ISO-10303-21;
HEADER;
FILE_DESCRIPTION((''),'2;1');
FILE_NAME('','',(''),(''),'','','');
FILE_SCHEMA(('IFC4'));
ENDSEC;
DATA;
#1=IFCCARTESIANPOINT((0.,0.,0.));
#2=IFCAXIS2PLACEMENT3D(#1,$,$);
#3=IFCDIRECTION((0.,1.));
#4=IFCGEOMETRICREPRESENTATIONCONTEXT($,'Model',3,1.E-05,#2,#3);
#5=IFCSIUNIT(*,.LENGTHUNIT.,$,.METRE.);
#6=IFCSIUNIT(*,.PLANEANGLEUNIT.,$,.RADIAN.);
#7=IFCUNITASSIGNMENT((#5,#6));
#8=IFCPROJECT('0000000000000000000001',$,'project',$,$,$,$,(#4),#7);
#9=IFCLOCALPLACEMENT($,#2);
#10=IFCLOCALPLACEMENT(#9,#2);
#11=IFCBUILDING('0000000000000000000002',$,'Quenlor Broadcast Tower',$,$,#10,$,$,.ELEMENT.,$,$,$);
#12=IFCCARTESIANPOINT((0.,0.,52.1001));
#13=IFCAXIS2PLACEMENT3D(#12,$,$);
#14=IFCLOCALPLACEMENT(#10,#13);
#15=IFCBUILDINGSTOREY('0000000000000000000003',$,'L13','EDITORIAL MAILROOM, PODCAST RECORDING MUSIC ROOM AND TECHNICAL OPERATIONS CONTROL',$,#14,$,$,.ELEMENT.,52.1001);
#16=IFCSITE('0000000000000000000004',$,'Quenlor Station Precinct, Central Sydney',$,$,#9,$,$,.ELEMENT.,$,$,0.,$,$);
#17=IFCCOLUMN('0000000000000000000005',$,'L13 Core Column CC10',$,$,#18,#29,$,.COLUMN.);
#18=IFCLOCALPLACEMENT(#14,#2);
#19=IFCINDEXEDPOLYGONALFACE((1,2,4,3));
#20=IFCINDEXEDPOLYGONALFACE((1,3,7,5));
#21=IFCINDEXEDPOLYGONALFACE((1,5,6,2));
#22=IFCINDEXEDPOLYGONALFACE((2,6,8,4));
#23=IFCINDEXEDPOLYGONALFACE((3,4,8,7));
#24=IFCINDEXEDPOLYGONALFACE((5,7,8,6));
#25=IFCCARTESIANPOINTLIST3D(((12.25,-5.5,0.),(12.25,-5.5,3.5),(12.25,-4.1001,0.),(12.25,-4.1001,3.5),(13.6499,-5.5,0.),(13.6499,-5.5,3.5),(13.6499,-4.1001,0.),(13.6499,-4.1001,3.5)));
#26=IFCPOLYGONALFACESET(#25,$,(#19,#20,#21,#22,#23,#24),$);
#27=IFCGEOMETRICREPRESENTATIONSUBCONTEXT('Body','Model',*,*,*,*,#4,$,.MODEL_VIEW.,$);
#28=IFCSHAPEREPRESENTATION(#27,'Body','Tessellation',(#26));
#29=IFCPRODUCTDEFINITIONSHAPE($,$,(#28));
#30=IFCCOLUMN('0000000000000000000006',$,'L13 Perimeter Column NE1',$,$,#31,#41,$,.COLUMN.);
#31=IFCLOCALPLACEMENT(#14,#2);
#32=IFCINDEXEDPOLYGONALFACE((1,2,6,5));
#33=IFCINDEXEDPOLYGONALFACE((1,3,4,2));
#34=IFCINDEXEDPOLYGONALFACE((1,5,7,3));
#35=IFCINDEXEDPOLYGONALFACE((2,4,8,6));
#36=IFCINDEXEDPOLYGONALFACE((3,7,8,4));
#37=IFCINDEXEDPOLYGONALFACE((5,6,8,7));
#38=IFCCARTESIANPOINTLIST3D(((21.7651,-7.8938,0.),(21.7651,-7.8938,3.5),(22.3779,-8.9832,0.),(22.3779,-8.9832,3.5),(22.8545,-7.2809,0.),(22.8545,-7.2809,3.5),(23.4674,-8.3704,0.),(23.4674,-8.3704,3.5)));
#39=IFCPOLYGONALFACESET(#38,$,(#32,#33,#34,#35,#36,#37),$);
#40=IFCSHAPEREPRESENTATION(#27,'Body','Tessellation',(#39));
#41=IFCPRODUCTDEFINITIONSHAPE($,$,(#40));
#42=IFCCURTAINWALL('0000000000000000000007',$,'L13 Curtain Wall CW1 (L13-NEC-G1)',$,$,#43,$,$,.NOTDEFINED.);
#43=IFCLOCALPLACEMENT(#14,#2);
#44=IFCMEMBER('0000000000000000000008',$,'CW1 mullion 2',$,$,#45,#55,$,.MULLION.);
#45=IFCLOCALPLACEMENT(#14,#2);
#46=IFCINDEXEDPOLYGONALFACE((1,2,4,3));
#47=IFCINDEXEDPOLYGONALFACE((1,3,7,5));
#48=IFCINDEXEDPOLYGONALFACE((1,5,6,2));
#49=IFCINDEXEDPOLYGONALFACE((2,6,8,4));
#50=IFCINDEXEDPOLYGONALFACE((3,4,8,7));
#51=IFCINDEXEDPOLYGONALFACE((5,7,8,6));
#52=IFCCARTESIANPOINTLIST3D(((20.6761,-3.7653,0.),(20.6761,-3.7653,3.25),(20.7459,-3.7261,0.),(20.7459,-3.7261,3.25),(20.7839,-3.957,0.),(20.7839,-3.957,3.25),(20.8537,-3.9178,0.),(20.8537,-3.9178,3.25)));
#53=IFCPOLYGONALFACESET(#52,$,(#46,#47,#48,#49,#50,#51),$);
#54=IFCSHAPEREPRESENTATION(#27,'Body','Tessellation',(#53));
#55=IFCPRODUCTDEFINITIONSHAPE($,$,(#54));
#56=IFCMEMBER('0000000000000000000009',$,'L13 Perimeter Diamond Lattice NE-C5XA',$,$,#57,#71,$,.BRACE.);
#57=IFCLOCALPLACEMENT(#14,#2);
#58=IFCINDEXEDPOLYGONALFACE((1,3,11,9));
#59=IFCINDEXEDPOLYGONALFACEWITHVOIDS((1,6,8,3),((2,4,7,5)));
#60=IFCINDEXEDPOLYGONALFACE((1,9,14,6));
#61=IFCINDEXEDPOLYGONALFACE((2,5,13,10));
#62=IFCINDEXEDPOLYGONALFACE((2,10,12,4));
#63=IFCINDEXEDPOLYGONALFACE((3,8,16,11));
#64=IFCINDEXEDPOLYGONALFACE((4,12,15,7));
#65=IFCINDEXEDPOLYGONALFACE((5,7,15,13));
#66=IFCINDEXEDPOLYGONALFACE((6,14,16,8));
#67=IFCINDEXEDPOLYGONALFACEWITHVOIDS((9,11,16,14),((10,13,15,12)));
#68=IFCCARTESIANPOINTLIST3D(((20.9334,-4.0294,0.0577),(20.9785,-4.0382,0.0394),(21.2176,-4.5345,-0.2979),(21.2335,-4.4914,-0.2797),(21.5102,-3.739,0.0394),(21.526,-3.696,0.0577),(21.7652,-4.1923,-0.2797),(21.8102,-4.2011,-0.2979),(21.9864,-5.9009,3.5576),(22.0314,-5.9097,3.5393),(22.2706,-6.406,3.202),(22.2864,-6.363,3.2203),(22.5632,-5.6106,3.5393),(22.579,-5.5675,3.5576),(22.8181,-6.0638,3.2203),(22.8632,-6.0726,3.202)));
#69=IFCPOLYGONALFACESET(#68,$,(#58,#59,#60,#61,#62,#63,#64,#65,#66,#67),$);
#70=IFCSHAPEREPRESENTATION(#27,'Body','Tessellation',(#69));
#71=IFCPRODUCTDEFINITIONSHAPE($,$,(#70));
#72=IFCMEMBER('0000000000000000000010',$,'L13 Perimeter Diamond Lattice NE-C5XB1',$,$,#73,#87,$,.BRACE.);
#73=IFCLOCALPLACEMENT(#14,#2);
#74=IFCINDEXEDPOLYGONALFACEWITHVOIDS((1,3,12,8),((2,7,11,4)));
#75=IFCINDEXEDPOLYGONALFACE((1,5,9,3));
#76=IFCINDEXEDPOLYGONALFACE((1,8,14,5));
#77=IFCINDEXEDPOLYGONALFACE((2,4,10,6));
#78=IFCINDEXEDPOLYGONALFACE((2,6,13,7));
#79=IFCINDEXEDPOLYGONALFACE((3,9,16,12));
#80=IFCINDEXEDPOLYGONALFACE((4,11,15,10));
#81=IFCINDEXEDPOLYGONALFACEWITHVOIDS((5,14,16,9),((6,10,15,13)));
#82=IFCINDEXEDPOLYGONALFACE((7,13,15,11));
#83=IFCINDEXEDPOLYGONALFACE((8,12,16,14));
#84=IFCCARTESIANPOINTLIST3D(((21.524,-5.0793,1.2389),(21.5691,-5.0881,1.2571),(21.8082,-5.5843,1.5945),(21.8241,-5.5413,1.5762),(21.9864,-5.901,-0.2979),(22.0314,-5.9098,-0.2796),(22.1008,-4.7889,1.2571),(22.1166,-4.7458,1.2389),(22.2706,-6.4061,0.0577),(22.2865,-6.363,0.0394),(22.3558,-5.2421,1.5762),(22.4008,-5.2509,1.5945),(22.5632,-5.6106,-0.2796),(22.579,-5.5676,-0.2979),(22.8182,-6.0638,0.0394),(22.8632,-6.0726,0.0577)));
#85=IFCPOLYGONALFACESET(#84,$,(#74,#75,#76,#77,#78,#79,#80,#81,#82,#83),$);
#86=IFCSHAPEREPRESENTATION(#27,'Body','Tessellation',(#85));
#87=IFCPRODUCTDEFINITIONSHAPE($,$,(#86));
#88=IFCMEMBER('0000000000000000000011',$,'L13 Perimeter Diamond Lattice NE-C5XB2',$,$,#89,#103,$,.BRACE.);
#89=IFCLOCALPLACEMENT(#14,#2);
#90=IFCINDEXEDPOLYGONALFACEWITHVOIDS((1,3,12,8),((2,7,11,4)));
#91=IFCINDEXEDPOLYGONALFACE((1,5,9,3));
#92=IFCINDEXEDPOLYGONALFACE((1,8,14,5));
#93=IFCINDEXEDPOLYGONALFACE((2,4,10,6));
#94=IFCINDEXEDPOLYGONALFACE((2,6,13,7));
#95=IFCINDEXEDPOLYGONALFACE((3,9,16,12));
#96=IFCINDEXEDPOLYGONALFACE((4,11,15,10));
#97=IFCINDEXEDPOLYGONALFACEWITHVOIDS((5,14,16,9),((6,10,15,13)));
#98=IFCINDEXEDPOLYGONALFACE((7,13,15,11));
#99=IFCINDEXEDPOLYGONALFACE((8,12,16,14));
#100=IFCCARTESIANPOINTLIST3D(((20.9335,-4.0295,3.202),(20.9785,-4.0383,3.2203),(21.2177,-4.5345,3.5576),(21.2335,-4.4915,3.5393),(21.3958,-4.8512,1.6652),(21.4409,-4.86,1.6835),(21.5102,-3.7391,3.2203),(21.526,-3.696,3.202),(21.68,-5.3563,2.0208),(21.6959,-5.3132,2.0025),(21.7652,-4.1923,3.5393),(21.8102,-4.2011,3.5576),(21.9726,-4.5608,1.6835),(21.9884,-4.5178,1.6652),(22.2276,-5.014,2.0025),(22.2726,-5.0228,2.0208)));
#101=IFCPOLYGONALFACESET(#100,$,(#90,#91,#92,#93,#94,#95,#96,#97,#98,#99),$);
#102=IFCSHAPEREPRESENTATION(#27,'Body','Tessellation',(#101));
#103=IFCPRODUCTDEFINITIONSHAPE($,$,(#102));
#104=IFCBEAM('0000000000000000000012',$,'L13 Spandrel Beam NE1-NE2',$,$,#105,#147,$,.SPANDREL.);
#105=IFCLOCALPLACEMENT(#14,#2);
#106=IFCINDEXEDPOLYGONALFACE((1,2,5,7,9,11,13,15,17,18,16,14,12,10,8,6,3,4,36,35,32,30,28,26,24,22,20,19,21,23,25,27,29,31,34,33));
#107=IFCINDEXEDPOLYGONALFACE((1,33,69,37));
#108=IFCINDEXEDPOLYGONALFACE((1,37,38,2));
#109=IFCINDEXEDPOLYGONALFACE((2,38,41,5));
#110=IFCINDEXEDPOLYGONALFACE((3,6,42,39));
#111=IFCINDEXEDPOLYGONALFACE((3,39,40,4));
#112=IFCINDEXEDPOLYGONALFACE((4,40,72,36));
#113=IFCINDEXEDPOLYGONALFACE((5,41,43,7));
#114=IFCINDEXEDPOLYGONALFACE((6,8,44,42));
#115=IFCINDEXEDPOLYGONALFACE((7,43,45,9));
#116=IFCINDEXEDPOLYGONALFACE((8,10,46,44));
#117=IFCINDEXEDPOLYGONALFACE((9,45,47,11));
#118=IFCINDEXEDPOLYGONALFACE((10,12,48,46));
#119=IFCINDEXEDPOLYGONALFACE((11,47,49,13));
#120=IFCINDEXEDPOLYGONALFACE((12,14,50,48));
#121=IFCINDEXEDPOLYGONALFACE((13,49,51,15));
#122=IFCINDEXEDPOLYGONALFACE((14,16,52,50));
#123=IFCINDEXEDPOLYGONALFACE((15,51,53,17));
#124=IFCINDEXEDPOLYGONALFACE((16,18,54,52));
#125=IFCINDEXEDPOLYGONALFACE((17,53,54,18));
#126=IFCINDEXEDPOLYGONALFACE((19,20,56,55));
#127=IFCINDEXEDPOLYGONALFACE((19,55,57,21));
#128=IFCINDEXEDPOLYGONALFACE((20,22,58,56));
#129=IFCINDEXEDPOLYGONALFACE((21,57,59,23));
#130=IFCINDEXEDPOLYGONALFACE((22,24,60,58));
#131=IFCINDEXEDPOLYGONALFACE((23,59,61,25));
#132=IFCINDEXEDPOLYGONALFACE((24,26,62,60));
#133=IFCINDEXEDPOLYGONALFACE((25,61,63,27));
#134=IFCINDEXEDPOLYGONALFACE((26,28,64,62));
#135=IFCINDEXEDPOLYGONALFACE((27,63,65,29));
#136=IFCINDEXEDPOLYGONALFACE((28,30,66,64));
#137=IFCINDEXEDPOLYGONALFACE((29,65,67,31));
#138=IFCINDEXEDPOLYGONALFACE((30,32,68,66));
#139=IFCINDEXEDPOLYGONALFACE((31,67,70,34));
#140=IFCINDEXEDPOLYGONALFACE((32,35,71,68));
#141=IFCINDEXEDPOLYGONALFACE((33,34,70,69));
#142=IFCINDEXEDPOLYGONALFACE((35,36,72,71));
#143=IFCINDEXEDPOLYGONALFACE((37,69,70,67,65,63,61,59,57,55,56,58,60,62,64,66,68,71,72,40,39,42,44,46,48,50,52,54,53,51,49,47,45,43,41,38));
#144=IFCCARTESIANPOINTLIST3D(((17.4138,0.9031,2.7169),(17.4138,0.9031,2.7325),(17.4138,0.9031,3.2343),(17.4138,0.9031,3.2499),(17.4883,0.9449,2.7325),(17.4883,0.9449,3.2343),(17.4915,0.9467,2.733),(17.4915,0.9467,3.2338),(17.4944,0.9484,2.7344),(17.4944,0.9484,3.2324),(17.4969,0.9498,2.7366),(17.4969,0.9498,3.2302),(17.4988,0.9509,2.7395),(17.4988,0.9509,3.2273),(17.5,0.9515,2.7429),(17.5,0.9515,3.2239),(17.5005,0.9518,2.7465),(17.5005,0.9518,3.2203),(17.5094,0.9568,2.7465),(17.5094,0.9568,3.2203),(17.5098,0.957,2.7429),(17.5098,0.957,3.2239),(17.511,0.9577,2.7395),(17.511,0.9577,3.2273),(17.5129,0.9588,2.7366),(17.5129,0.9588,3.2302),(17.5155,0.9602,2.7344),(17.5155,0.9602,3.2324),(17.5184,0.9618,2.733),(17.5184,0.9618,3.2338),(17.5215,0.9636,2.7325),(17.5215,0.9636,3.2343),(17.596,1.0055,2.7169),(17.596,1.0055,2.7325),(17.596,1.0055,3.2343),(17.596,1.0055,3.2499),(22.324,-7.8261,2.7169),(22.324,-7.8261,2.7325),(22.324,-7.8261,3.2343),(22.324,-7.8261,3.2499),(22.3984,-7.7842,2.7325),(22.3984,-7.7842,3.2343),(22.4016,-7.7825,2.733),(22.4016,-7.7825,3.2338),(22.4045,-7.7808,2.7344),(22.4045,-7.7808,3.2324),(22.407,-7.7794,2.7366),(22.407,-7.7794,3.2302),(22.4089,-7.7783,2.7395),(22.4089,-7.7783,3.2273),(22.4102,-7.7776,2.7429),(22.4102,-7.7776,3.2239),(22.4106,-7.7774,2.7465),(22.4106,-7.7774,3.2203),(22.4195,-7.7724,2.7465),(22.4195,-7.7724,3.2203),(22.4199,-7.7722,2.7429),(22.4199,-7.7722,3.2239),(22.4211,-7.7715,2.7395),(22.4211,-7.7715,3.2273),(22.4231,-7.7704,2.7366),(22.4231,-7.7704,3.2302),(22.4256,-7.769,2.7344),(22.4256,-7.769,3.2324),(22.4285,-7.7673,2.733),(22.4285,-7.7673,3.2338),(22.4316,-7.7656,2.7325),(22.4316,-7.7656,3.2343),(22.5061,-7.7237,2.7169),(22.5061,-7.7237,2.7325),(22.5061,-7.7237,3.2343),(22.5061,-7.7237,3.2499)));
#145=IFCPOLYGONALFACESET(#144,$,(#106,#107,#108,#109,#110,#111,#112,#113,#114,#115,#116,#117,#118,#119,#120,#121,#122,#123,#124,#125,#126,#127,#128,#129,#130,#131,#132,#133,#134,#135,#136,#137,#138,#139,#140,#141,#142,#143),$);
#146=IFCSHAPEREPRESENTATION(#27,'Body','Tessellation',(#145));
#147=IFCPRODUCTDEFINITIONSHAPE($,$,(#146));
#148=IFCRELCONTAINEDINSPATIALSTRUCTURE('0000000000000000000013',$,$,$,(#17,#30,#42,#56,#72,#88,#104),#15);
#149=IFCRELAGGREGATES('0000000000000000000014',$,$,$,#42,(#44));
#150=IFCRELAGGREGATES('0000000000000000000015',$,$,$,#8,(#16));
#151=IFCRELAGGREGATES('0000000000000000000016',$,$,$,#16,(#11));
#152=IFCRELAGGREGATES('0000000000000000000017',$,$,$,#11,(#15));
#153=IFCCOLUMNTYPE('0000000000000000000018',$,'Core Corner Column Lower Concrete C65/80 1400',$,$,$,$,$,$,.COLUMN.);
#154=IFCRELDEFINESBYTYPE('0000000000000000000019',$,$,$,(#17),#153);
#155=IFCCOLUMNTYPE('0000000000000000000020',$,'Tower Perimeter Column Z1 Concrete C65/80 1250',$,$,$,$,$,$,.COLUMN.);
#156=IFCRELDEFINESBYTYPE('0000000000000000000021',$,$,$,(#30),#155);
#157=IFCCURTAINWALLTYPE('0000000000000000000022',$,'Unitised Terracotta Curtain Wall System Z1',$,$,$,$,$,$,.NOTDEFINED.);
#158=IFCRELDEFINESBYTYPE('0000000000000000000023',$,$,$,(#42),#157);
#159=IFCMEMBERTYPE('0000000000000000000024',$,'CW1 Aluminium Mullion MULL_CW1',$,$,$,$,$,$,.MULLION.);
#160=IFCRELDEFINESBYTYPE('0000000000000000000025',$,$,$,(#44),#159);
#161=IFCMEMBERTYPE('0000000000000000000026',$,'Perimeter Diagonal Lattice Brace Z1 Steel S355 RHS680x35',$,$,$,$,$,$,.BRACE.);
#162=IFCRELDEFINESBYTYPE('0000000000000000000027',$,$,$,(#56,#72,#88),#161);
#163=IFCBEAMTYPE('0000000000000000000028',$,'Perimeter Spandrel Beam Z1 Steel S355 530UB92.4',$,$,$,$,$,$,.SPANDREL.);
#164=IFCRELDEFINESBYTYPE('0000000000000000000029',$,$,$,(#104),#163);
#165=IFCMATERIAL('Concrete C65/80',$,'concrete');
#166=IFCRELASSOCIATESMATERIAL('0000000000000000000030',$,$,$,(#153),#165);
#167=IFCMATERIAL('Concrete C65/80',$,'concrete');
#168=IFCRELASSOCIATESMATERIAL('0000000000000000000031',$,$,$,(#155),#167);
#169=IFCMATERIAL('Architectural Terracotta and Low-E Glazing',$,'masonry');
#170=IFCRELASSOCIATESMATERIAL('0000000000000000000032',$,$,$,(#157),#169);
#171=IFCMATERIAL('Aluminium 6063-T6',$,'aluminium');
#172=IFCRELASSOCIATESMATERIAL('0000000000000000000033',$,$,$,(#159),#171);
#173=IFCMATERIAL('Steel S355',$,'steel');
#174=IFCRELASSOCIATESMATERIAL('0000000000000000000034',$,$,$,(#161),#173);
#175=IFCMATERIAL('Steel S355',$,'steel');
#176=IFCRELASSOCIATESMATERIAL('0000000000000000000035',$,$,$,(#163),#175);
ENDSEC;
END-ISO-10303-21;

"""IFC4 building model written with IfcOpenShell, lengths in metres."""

from ifc_helpers import new_model, si_unit, direction, frame, origin, origin_2d, place, context, subcontext, project, spatial, rectangle, hollow_rectangle, i_section, extrude, material, material_profile, profile_set, type_object, element, aggregate, save


model = new_model("IFC4")

# Units and contexts
model_context = context("Model", 3, precision=1e-05, world=origin(), true_north=direction((0.0, 1.0)))
body_context = subcontext(model_context, "Body", "Model", "MODEL_VIEW")
ifc_project = project(units=[si_unit("LENGTHUNIT", "METRE"), si_unit("PLANEANGLEUNIT", "RADIAN")], contexts=[model_context])

# Site, building, storey
site_placement = place(None, origin())
site = spatial("IfcSite", under=ifc_project, at=site_placement, Name="Quenlor Station Precinct, Central Sydney", CompositionType="ELEMENT", RefElevation=0.0)
building_placement = place(site_placement, origin())
building = spatial("IfcBuilding", under=site, at=building_placement, Name="Quenlor Broadcast Tower", CompositionType="ELEMENT")
storey_placement = place(building_placement, frame((0.0, 0.0, 52.1001)))
storey = spatial("IfcBuildingStorey", under=building, at=storey_placement, Name="L13", Description="EDITORIAL MAILROOM, PODCAST RECORDING MUSIC ROOM AND TECHNICAL OPERATIONS CONTROL", CompositionType="ELEMENT", Elevation=52.1001)

# Columns
ifc_material_1 = material(Name="Concrete C65/80", Category="concrete")
ifc_material_profile_1 = material_profile(ifc_material_1, rectangle(XDim=1.3999, YDim=1.3999, at=origin_2d()))
ifc_profile_set_1 = profile_set([ifc_material_profile_1], Name="Concrete C65/80 RC1400x1400")
column_type_1 = type_object("IfcColumnType", Name="Core Corner Column Lower Concrete C65/80 1400", PredefinedType="COLUMN", material=ifc_profile_set_1)
column_1_placement = place(storey_placement, frame((12.95, -4.8, 0.0), z_axis=(0.0, 0.0, 1.0), x_axis=(1.0, 0.0, 0.0)))
element("IfcColumn", 1, at=column_1_placement, inside=storey, type_object=column_type_1, Name="L13 Core Column CC10", PredefinedType="COLUMN", context=body_context, shape_type="SweptSolid", body=[
    extrude(rectangle(XDim=1.3999, YDim=1.3999, at=origin_2d()), origin(), (0.0, 0.0, 1.0), 3.5),
])
ifc_material_2 = material(Name="Concrete C65/80", Category="concrete")
ifc_material_profile_2 = material_profile(ifc_material_2, rectangle(XDim=1.25, YDim=1.25, at=origin_2d()))
ifc_profile_set_2 = profile_set([ifc_material_profile_2], Name="Concrete C65/80 RC1250x1250")
column_type_2 = type_object("IfcColumnType", Name="Tower Perimeter Column Z1 Concrete C65/80 1250", PredefinedType="COLUMN", material=ifc_profile_set_2)
column_2_placement = place(storey_placement, frame((22.6162, -8.1321, 0.0), z_axis=(0.0, 0.0, 1.0), x_axis=(0.871575, 0.490262, 0.0)))
element("IfcColumn", 2, at=column_2_placement, inside=storey, type_object=column_type_2, Name="L13 Perimeter Column NE1", PredefinedType="COLUMN", context=body_context, shape_type="SweptSolid", body=[
    extrude(rectangle(XDim=1.25, YDim=1.25, at=origin_2d()), origin(), (0.0, 0.0, 1.0), 3.5),
])

# Curtain wall, member
ifc_material_3 = material(Name="Architectural Terracotta and Low-E Glazing", Category="masonry")
curtain_wall_type = type_object("IfcCurtainWallType", Name="Unitised Terracotta Curtain Wall System Z1", PredefinedType="NOTDEFINED", material=ifc_material_3)
curtain_wall_placement = place(storey_placement, origin())
curtain_wall = element("IfcCurtainWall", 3, at=curtain_wall_placement, inside=storey, type_object=curtain_wall_type, Name="L13 Curtain Wall CW1 (L13-NEC-G1)", PredefinedType="NOTDEFINED")
ifc_material_4 = material(Name="Aluminium 6063-T6", Category="aluminium")
ifc_material_profile_3 = material_profile(ifc_material_4, rectangle(XDim=0.0801, YDim=0.22, at=origin_2d()))
ifc_profile_set_3 = profile_set([ifc_material_profile_3], Name="Aluminium 6063-T6 MULL80x220")
member_type_1 = type_object("IfcMemberType", Name="CW1 Aluminium Mullion MULL_CW1", PredefinedType="MULLION", material=ifc_profile_set_3)
member_1_placement = place(storey_placement, frame((20.7649, -3.8416, 0.0), z_axis=(0.0, 0.0, 1.0), x_axis=(0.871578, 0.490257, 0.0)))
member_1 = element("IfcMember", 4, at=member_1_placement, type_object=member_type_1, Name="CW1 mullion 2", PredefinedType="MULLION", context=body_context, shape_type="SweptSolid", body=[
    extrude(rectangle(XDim=0.0801, YDim=0.22, at=origin_2d()), origin(), (0.0, 0.0, 1.0), 3.25),
])

# Members
ifc_material_5 = material(Name="Steel S355", Category="steel")
ifc_material_profile_4 = material_profile(ifc_material_5, hollow_rectangle(XDim=0.6799, YDim=0.6799, WallThickness=0.0349, at=origin_2d()))
ifc_profile_set_4 = profile_set([ifc_material_profile_4], Name="Steel S355 RHS680x680x35")
member_type_2 = type_object("IfcMemberType", Name="Perimeter Diagonal Lattice Brace Z1 Steel S355 RHS680x35", PredefinedType="BRACE", material=ifc_profile_set_4)
member_2_placement = place(storey_placement, frame((21.3718, -4.1152, -0.1201), z_axis=(0.256431, -0.455785, 0.852352), x_axis=(0.871533, 0.490337, 0.0)))
element("IfcMember", 5, at=member_2_placement, inside=storey, type_object=member_type_2, Name="L13 Perimeter Diamond Lattice NE-C5XA", PredefinedType="BRACE", context=body_context, shape_type="SweptSolid", body=[
    extrude(hollow_rectangle(XDim=0.6799, YDim=0.6799, WallThickness=0.0349, at=origin_2d()), origin(), (0.0, 0.0, 1.0), 4.1062),
])
for number, where, z_axis, x_axis, name in (
    (6, (22.4248, -5.9868, -0.1201), (-0.256452, 0.455764, 0.852357), (-0.871506, -0.490384, 0.0), "L13 Perimeter Diamond Lattice NE-C5XB1"),
    (7, (21.8342, -4.937, 1.843), (-0.256452, 0.455764, 0.852357), (-0.871506, -0.490384, 0.0), "L13 Perimeter Diamond Lattice NE-C5XB2"),
):
    element("IfcMember", number, at=place(storey_placement, frame(where, z_axis=z_axis, x_axis=x_axis)), inside=storey, type_object=member_type_2, Name=name, PredefinedType="BRACE", context=body_context, shape_type="SweptSolid", body=[
        extrude(hollow_rectangle(XDim=0.6799, YDim=0.6799, WallThickness=0.0349, at=origin_2d()), origin(), (0.0, 0.0, 1.0), 1.803),
    ])

# Beam
ifc_material_6 = material(Name="Steel S355", Category="steel")
ifc_material_profile_5 = material_profile(ifc_material_6, i_section(OverallWidth=0.209, OverallDepth=0.533, WebThickness=0.0103, FlangeThickness=0.0156, FilletRadius=0.0139, at=origin_2d()))
ifc_profile_set_5 = profile_set([ifc_material_profile_5], Name="Steel S355 530UB92.4")
beam_type_1 = type_object("IfcBeamType", Name="Perimeter Spandrel Beam Z1 Steel S355 530UB92.4", PredefinedType="SPANDREL", material=ifc_profile_set_5)
beam_1_placement = place(storey_placement, frame((22.415, -7.7749, 2.9834), z_axis=(-0.490258, 0.871577, 0.0), x_axis=(-0.871577, -0.490258, 0.0)))
element("IfcBeam", 8, at=beam_1_placement, inside=storey, type_object=beam_type_1, Name="L13 Spandrel Beam NE1-NE2", PredefinedType="SPANDREL", context=body_context, shape_type="SweptSolid", body=[
    extrude(i_section(OverallWidth=0.209, OverallDepth=0.533, WebThickness=0.0103, FlangeThickness=0.0156, FilletRadius=0.0139, at=origin_2d()), origin(), (0.0, 0.0, 1.0), 10.0154),
])

aggregate(curtain_wall, [member_1])

save(model, "model.ifc")
